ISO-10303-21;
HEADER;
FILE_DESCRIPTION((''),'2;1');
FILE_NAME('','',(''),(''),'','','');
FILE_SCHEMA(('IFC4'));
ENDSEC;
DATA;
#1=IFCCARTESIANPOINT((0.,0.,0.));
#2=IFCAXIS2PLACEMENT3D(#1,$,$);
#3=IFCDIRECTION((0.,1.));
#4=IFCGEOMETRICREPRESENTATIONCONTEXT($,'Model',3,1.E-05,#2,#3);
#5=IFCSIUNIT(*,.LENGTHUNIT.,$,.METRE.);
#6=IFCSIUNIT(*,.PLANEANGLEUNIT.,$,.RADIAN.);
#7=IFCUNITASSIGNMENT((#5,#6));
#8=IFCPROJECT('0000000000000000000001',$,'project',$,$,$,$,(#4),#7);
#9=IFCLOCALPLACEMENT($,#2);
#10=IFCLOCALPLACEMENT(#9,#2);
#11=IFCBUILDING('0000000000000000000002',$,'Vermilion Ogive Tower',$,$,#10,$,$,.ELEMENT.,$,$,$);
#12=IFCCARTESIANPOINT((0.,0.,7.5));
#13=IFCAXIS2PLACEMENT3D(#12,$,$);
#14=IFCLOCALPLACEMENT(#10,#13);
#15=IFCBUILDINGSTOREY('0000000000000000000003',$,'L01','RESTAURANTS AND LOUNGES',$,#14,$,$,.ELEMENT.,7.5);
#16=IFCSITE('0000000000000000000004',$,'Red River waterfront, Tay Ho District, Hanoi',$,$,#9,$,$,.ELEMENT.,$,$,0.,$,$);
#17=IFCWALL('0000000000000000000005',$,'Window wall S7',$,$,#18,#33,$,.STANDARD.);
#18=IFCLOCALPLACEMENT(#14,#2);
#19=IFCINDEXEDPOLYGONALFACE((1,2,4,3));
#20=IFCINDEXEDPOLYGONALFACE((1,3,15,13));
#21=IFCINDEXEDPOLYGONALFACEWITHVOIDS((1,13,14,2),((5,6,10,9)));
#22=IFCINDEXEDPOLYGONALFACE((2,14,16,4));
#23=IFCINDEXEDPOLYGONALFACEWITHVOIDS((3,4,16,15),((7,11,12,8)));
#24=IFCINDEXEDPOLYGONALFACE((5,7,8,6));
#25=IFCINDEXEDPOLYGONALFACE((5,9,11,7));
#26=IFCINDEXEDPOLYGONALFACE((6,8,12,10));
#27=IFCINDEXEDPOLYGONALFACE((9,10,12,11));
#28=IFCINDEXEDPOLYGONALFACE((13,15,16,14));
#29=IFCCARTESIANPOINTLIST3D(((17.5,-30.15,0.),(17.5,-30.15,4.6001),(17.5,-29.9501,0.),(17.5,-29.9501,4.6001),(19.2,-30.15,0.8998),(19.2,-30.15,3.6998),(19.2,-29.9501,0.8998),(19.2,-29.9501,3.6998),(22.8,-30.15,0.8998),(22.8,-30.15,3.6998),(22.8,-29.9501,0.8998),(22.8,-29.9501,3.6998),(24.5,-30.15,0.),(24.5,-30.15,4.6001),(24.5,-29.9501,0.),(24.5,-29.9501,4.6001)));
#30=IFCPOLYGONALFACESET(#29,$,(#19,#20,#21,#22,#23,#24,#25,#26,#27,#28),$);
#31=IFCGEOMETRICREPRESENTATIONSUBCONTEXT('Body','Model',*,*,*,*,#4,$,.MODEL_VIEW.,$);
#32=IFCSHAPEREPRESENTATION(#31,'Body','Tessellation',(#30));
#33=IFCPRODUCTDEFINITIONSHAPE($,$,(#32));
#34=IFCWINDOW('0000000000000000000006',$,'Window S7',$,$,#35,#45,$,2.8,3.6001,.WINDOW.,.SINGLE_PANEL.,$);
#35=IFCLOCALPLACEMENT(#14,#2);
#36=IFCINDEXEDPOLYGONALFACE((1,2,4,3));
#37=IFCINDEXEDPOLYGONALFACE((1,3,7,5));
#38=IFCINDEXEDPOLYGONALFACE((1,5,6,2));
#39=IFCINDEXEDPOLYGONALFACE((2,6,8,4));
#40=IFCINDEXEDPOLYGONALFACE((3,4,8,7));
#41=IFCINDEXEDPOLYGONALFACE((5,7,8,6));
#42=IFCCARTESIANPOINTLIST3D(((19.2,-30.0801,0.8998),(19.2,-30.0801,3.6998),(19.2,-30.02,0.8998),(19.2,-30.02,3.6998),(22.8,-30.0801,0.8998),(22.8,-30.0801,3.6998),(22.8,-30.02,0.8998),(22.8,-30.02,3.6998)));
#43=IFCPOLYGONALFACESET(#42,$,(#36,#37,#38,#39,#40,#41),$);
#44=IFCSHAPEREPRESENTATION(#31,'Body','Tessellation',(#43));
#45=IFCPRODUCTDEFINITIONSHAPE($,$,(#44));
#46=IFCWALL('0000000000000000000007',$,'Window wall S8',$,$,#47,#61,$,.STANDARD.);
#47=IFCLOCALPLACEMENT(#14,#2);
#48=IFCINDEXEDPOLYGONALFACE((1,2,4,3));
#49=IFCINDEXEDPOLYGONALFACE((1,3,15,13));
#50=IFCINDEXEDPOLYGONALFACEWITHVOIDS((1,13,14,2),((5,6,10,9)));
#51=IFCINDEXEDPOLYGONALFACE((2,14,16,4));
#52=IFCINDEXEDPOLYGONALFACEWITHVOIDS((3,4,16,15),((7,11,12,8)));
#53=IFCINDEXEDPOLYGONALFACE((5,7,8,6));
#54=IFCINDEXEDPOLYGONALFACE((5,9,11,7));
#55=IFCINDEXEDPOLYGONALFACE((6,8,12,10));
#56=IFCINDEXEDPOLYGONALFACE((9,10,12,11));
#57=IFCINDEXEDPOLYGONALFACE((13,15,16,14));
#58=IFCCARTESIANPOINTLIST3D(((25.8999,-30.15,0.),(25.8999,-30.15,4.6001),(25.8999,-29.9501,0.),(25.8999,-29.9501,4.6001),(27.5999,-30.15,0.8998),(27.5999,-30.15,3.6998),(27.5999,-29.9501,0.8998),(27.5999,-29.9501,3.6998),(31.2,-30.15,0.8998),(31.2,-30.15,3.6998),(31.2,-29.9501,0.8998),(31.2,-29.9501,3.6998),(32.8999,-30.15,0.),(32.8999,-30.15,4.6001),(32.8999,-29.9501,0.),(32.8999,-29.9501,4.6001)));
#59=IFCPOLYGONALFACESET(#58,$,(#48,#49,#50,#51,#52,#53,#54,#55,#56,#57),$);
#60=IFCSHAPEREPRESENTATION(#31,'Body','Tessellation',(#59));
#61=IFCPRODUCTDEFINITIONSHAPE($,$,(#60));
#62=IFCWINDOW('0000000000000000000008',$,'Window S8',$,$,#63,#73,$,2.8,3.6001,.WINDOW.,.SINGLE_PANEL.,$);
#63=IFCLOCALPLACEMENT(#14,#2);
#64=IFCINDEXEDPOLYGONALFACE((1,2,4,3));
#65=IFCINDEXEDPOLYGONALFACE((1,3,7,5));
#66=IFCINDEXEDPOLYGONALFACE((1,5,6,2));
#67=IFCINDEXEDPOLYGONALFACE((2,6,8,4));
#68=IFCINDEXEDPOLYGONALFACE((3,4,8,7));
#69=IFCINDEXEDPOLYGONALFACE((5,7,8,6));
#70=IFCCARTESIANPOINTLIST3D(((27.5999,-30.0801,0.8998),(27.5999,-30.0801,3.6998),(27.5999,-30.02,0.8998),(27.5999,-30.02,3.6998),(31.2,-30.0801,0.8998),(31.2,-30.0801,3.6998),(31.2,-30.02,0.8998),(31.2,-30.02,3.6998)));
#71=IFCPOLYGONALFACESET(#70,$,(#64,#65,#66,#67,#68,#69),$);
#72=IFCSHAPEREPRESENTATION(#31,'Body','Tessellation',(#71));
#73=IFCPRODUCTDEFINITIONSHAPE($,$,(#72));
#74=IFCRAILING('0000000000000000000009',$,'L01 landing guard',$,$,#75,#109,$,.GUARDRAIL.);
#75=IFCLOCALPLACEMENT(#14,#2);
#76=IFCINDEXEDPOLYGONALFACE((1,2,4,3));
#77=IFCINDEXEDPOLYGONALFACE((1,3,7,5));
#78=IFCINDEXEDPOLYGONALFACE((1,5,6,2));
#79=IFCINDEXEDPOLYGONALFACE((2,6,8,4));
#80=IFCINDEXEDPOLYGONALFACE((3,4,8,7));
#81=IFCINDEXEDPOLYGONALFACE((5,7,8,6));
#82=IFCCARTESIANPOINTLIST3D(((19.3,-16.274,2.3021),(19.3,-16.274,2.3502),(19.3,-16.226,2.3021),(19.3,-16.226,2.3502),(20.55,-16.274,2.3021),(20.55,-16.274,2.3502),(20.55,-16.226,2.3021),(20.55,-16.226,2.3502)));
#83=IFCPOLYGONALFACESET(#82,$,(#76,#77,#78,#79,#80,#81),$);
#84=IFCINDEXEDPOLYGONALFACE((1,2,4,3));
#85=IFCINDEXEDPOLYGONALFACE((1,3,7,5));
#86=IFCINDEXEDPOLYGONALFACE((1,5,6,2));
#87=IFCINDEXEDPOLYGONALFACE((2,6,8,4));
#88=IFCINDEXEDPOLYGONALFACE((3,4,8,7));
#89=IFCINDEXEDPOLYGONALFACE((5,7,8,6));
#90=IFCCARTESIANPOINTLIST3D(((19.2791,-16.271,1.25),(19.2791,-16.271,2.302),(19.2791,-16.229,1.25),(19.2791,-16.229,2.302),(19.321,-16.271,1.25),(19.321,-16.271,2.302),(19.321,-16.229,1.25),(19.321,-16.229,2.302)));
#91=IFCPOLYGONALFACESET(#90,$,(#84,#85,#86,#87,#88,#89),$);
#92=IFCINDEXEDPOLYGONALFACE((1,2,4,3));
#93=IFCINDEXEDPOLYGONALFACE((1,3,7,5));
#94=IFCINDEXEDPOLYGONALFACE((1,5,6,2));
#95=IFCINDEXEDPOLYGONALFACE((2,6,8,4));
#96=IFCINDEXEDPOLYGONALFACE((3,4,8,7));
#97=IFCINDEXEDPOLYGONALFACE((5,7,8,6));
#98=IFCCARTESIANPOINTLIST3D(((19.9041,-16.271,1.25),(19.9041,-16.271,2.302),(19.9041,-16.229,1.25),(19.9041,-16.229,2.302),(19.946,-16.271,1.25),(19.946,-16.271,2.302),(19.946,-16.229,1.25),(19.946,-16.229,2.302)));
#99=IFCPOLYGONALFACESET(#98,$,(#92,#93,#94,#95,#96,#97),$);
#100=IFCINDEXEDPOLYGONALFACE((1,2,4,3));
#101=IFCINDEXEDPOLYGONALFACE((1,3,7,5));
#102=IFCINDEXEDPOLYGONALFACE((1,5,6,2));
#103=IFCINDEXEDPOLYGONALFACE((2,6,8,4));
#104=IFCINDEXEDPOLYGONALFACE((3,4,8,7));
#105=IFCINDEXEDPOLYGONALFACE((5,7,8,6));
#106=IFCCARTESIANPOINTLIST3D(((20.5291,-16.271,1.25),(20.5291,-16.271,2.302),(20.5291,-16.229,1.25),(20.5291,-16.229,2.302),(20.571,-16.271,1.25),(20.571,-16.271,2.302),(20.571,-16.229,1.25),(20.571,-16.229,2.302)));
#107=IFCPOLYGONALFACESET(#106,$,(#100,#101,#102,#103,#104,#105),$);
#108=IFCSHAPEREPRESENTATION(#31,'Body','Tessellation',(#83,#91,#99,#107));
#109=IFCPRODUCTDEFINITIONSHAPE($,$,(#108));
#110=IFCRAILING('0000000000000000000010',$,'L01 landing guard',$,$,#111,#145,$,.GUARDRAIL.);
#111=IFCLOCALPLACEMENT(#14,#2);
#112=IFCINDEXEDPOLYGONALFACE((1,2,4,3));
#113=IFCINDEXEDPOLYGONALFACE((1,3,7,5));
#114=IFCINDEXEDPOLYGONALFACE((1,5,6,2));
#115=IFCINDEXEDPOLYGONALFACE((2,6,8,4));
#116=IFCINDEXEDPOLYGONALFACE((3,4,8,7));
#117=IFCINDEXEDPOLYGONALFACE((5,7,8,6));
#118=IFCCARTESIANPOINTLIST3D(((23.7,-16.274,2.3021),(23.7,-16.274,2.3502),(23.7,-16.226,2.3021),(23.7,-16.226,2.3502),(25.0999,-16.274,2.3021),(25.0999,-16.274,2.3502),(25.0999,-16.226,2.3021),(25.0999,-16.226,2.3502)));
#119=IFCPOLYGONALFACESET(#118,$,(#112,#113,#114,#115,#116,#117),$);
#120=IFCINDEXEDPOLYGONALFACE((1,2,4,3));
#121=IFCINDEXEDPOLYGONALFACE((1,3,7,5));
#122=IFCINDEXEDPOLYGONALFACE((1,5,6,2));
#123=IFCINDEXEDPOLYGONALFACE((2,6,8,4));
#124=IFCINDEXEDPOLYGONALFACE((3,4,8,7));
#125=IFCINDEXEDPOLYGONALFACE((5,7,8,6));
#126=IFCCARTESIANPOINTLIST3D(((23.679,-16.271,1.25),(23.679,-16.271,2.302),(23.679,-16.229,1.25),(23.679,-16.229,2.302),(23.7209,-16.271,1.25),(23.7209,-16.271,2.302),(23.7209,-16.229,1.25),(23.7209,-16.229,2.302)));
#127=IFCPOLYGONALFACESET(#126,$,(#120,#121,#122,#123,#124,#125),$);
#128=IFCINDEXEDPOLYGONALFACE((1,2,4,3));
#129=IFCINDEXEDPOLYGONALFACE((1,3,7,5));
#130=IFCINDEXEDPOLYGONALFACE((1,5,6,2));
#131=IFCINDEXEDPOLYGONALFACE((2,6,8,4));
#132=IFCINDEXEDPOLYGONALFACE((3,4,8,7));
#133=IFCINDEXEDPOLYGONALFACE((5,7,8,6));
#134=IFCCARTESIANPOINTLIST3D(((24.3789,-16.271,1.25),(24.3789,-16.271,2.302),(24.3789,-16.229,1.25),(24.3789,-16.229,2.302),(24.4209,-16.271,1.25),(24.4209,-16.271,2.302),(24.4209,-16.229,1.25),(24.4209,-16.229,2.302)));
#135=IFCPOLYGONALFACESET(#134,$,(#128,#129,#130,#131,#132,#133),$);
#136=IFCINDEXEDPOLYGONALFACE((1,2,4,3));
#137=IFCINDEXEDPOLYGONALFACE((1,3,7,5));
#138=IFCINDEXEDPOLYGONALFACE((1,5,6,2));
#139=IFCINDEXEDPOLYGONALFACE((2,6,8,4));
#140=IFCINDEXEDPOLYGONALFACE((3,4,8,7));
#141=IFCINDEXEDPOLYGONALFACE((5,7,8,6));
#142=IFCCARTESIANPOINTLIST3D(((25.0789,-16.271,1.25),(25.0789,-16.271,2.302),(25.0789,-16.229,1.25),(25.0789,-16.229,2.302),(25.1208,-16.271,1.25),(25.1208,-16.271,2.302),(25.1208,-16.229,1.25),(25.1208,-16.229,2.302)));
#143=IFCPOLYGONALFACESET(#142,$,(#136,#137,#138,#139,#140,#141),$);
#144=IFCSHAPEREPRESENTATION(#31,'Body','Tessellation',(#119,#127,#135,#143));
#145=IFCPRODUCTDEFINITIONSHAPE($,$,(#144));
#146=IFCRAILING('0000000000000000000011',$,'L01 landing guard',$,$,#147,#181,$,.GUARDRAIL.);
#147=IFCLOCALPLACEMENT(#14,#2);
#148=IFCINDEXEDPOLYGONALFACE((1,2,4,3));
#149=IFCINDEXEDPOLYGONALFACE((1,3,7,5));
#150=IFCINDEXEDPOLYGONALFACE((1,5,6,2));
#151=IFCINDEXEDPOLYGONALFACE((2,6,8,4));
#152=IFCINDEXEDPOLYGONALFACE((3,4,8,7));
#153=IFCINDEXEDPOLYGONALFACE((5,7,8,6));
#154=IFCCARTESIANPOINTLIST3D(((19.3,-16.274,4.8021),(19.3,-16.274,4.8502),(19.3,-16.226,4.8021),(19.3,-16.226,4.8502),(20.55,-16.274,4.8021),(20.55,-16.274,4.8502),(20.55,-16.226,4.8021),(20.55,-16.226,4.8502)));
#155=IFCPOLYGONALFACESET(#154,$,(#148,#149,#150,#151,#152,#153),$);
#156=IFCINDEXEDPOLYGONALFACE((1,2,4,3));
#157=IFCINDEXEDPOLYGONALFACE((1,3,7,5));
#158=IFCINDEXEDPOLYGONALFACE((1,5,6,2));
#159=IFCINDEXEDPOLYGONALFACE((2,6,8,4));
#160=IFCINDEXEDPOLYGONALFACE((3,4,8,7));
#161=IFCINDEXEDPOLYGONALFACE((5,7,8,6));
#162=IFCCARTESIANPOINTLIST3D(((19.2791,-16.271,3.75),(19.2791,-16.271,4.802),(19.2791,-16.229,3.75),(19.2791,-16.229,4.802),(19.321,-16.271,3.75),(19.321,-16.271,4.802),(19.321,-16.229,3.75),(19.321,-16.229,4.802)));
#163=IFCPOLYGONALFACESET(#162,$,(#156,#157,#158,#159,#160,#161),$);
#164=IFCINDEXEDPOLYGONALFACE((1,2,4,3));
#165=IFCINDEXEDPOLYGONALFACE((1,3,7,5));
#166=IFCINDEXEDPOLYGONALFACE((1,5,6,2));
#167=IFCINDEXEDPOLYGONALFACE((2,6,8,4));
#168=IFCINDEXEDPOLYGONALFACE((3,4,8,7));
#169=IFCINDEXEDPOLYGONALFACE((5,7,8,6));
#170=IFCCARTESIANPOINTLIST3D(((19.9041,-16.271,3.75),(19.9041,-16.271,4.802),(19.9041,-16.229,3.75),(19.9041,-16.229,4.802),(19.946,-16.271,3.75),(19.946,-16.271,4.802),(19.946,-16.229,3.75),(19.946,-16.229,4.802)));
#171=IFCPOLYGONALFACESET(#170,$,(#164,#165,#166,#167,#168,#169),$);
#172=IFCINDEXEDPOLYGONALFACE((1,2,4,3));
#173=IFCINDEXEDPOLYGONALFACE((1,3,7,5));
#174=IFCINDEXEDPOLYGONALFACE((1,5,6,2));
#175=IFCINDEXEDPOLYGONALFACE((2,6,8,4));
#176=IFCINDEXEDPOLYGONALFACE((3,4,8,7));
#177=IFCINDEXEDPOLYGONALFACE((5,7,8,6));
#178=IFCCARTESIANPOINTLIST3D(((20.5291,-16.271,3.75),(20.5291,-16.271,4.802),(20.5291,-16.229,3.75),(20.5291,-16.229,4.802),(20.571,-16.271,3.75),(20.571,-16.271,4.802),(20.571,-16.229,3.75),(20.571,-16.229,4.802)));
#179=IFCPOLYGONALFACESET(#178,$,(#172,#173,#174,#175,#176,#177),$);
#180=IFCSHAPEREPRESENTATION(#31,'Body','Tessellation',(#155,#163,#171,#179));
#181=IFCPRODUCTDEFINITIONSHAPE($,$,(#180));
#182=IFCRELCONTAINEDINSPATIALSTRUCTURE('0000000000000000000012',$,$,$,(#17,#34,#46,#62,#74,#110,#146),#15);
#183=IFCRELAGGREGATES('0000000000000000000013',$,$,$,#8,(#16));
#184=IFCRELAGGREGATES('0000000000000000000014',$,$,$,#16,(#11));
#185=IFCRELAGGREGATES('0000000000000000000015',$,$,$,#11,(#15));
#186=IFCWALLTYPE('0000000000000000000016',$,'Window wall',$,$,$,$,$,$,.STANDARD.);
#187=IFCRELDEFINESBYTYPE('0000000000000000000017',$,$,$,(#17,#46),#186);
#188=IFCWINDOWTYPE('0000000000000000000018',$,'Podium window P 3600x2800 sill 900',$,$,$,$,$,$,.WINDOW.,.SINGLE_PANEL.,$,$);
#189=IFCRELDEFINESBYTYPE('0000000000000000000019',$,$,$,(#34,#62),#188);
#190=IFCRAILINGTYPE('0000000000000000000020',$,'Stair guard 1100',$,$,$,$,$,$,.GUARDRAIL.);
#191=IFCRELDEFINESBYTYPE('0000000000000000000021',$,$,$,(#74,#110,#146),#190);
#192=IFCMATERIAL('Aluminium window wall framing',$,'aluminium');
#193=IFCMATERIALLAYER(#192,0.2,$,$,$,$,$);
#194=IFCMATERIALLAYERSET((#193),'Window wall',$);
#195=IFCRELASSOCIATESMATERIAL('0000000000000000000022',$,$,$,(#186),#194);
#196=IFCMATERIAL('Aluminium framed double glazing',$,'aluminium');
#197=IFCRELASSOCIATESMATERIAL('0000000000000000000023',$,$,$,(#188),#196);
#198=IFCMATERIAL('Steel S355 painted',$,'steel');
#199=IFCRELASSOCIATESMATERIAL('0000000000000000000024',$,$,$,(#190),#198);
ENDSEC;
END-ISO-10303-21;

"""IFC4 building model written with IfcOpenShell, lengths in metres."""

from ifc_helpers import new_model, si_unit, direction, frame, frame_2d, origin, origin_2d, place, context, subcontext, project, spatial, rectangle, extrude, material, layer, layer_set, type_object, element, fill, save


model = new_model("IFC4")

# Units and contexts
model_context = context("Model", 3, precision=1e-05, world=origin(), true_north=direction((0.0, 1.0)))
body_context = subcontext(model_context, "Body", "Model", "MODEL_VIEW")
ifc_project = project(units=[si_unit("LENGTHUNIT", "METRE"), si_unit("PLANEANGLEUNIT", "RADIAN")], contexts=[model_context])

# Site, building, storey
site_placement = place(None, origin())
site = spatial("IfcSite", under=ifc_project, at=site_placement, Name="Red River waterfront, Tay Ho District, Hanoi", CompositionType="ELEMENT", RefElevation=0.0)
building_placement = place(site_placement, origin())
building = spatial("IfcBuilding", under=site, at=building_placement, Name="Vermilion Ogive Tower", CompositionType="ELEMENT")
storey_placement = place(building_placement, frame((0.0, 0.0, 7.5)))
storey = spatial("IfcBuildingStorey", under=building, at=storey_placement, Name="L01", Description="RESTAURANTS AND LOUNGES", CompositionType="ELEMENT", Elevation=7.5)

# Walls, openings, windows
ifc_material_1 = material(Name="Aluminium window wall framing", Category="aluminium")
ifc_layer_1 = layer(ifc_material_1, 0.2)
ifc_layer_set_1 = layer_set([ifc_layer_1], Name="Window wall")
wall_type_1 = type_object("IfcWallType", Name="Window wall", PredefinedType="STANDARD", material=ifc_layer_set_1)
wall_1_placement = place(storey_placement, frame((17.5, -30.05, 0.0), z_axis=(0.0, 0.0, 1.0), x_axis=(1.0, 0.0, 0.0)))
wall_1 = element("IfcWall", 1, at=wall_1_placement, inside=storey, type_object=wall_type_1, Name="Window wall S7", PredefinedType="STANDARD", context=body_context, shape_type="SweptSolid", body=[
    extrude(rectangle(XDim=7.0, YDim=0.2, at=frame_2d((3.5, 0.0))), origin(), (0.0, 0.0, 1.0), 4.6001),
])
opening_1_placement = place(wall_1_placement, frame((1.7, 0.0, 0.8999)))
opening_1 = element("IfcOpeningElement", 2, at=opening_1_placement, cuts=wall_1, PredefinedType="OPENING", context=body_context, shape_type="SweptSolid", body=[
    extrude(rectangle(XDim=3.6001, YDim=2.8, at=frame_2d((1.8, 1.3999))), frame((0.0, 0.1099, 0.0), z_axis=(0.0, -1.0, 0.0), x_axis=(1.0, 0.0, 0.0)), (0.0, 0.0, 1.0), 0.22),
])
ifc_material_2 = material(Name="Aluminium framed double glazing", Category="aluminium")
window_type = type_object("IfcWindowType", Name="Podium window P 3600x2800 sill 900", PartitioningType="SINGLE_PANEL", PredefinedType="WINDOW", material=ifc_material_2)
window_1_placement = place(opening_1_placement, origin())
window_1 = element("IfcWindow", 3, at=window_1_placement, inside=storey, type_object=window_type, Name="Window S7", OverallHeight=2.8, OverallWidth=3.6001, PartitioningType="SINGLE_PANEL", PredefinedType="WINDOW", context=body_context, shape_type="SweptSolid", body=[
    extrude(rectangle(XDim=3.6001, YDim=2.8, at=frame_2d((1.8, 1.3999))), frame((0.0, 0.03, 0.0), z_axis=(0.0, -1.0, 0.0), x_axis=(1.0, 0.0, 0.0)), (0.0, 0.0, 1.0), 0.0601),
])
fill(opening_1, window_1)
wall_2_placement = place(storey_placement, frame((25.8999, -30.05, 0.0), z_axis=(0.0, 0.0, 1.0), x_axis=(1.0, 0.0, 0.0)))
wall_2 = element("IfcWall", 4, at=wall_2_placement, inside=storey, type_object=wall_type_1, Name="Window wall S8", PredefinedType="STANDARD", context=body_context, shape_type="SweptSolid", body=[
    extrude(rectangle(XDim=7.0, YDim=0.2, at=frame_2d((3.5, 0.0))), origin(), (0.0, 0.0, 1.0), 4.6001),
])
opening_2_placement = place(wall_2_placement, frame((1.7, 0.0, 0.8999)))
opening_2 = element("IfcOpeningElement", 5, at=opening_2_placement, cuts=wall_2, PredefinedType="OPENING", context=body_context, shape_type="SweptSolid", body=[
    extrude(rectangle(XDim=3.6001, YDim=2.8, at=frame_2d((1.8, 1.3999))), frame((0.0, 0.1099, 0.0), z_axis=(0.0, -1.0, 0.0), x_axis=(1.0, 0.0, 0.0)), (0.0, 0.0, 1.0), 0.22),
])
window_2_placement = place(opening_2_placement, origin())
window_2 = element("IfcWindow", 6, at=window_2_placement, inside=storey, type_object=window_type, Name="Window S8", OverallHeight=2.8, OverallWidth=3.6001, PartitioningType="SINGLE_PANEL", PredefinedType="WINDOW", context=body_context, shape_type="SweptSolid", body=[
    extrude(rectangle(XDim=3.6001, YDim=2.8, at=frame_2d((1.8, 1.3999))), frame((0.0, 0.03, 0.0), z_axis=(0.0, -1.0, 0.0), x_axis=(1.0, 0.0, 0.0)), (0.0, 0.0, 1.0), 0.0601),
])
fill(opening_2, window_2)

# Railings
ifc_material_3 = material(Name="Steel S355 painted", Category="steel")
railing_type = type_object("IfcRailingType", Name="Stair guard 1100", PredefinedType="GUARDRAIL", material=ifc_material_3)
railing_1_placement = place(storey_placement, frame((19.3, -16.25, 1.25)))
element("IfcRailing", 7, at=railing_1_placement, inside=storey, type_object=railing_type, Name="L01 landing guard", PredefinedType="GUARDRAIL", context=body_context, shape_type="SweptSolid", body=[
    extrude(rectangle(XDim=0.0481, YDim=0.0481, at=origin_2d()), frame((0.0, 0.0, 1.0762), z_axis=(1.0, 0.0, 0.0), x_axis=(0.0, 1.0, 0.0)), (0.0, 0.0, 1.0), 1.25),
    extrude(rectangle(XDim=0.042, YDim=0.042, at=origin_2d()), origin(), (0.0, 0.0, 1.0), 1.052),
    extrude(rectangle(XDim=0.042, YDim=0.042, at=origin_2d()), frame((0.625, 0.0, 0.0)), (0.0, 0.0, 1.0), 1.052),
    extrude(rectangle(XDim=0.042, YDim=0.042, at=origin_2d()), frame((1.25, 0.0, 0.0)), (0.0, 0.0, 1.0), 1.052),
])
railing_2_placement = place(storey_placement, frame((23.7, -16.25, 1.25)))
element("IfcRailing", 8, at=railing_2_placement, inside=storey, type_object=railing_type, Name="L01 landing guard", PredefinedType="GUARDRAIL", context=body_context, shape_type="SweptSolid", body=[
    extrude(rectangle(XDim=0.0481, YDim=0.0481, at=origin_2d()), frame((0.0, 0.0, 1.0762), z_axis=(1.0, 0.0, 0.0), x_axis=(0.0, 1.0, 0.0)), (0.0, 0.0, 1.0), 1.3999),
    extrude(rectangle(XDim=0.042, YDim=0.042, at=origin_2d()), origin(), (0.0, 0.0, 1.0), 1.052),
    extrude(rectangle(XDim=0.042, YDim=0.042, at=origin_2d()), frame((0.7, 0.0, 0.0)), (0.0, 0.0, 1.0), 1.052),
    extrude(rectangle(XDim=0.042, YDim=0.042, at=origin_2d()), frame((1.3999, 0.0, 0.0)), (0.0, 0.0, 1.0), 1.052),
])
railing_3_placement = place(storey_placement, frame((19.3, -16.25, 3.75)))
element("IfcRailing", 9, at=railing_3_placement, inside=storey, type_object=railing_type, Name="L01 landing guard", PredefinedType="GUARDRAIL", context=body_context, shape_type="SweptSolid", body=[
    extrude(rectangle(XDim=0.0481, YDim=0.0481, at=origin_2d()), frame((0.0, 0.0, 1.0762), z_axis=(1.0, 0.0, 0.0), x_axis=(0.0, 1.0, 0.0)), (0.0, 0.0, 1.0), 1.25),
    extrude(rectangle(XDim=0.042, YDim=0.042, at=origin_2d()), origin(), (0.0, 0.0, 1.0), 1.052),
    extrude(rectangle(XDim=0.042, YDim=0.042, at=origin_2d()), frame((0.625, 0.0, 0.0)), (0.0, 0.0, 1.0), 1.052),
    extrude(rectangle(XDim=0.042, YDim=0.042, at=origin_2d()), frame((1.25, 0.0, 0.0)), (0.0, 0.0, 1.0), 1.052),
])

save(model, "model.ifc")
